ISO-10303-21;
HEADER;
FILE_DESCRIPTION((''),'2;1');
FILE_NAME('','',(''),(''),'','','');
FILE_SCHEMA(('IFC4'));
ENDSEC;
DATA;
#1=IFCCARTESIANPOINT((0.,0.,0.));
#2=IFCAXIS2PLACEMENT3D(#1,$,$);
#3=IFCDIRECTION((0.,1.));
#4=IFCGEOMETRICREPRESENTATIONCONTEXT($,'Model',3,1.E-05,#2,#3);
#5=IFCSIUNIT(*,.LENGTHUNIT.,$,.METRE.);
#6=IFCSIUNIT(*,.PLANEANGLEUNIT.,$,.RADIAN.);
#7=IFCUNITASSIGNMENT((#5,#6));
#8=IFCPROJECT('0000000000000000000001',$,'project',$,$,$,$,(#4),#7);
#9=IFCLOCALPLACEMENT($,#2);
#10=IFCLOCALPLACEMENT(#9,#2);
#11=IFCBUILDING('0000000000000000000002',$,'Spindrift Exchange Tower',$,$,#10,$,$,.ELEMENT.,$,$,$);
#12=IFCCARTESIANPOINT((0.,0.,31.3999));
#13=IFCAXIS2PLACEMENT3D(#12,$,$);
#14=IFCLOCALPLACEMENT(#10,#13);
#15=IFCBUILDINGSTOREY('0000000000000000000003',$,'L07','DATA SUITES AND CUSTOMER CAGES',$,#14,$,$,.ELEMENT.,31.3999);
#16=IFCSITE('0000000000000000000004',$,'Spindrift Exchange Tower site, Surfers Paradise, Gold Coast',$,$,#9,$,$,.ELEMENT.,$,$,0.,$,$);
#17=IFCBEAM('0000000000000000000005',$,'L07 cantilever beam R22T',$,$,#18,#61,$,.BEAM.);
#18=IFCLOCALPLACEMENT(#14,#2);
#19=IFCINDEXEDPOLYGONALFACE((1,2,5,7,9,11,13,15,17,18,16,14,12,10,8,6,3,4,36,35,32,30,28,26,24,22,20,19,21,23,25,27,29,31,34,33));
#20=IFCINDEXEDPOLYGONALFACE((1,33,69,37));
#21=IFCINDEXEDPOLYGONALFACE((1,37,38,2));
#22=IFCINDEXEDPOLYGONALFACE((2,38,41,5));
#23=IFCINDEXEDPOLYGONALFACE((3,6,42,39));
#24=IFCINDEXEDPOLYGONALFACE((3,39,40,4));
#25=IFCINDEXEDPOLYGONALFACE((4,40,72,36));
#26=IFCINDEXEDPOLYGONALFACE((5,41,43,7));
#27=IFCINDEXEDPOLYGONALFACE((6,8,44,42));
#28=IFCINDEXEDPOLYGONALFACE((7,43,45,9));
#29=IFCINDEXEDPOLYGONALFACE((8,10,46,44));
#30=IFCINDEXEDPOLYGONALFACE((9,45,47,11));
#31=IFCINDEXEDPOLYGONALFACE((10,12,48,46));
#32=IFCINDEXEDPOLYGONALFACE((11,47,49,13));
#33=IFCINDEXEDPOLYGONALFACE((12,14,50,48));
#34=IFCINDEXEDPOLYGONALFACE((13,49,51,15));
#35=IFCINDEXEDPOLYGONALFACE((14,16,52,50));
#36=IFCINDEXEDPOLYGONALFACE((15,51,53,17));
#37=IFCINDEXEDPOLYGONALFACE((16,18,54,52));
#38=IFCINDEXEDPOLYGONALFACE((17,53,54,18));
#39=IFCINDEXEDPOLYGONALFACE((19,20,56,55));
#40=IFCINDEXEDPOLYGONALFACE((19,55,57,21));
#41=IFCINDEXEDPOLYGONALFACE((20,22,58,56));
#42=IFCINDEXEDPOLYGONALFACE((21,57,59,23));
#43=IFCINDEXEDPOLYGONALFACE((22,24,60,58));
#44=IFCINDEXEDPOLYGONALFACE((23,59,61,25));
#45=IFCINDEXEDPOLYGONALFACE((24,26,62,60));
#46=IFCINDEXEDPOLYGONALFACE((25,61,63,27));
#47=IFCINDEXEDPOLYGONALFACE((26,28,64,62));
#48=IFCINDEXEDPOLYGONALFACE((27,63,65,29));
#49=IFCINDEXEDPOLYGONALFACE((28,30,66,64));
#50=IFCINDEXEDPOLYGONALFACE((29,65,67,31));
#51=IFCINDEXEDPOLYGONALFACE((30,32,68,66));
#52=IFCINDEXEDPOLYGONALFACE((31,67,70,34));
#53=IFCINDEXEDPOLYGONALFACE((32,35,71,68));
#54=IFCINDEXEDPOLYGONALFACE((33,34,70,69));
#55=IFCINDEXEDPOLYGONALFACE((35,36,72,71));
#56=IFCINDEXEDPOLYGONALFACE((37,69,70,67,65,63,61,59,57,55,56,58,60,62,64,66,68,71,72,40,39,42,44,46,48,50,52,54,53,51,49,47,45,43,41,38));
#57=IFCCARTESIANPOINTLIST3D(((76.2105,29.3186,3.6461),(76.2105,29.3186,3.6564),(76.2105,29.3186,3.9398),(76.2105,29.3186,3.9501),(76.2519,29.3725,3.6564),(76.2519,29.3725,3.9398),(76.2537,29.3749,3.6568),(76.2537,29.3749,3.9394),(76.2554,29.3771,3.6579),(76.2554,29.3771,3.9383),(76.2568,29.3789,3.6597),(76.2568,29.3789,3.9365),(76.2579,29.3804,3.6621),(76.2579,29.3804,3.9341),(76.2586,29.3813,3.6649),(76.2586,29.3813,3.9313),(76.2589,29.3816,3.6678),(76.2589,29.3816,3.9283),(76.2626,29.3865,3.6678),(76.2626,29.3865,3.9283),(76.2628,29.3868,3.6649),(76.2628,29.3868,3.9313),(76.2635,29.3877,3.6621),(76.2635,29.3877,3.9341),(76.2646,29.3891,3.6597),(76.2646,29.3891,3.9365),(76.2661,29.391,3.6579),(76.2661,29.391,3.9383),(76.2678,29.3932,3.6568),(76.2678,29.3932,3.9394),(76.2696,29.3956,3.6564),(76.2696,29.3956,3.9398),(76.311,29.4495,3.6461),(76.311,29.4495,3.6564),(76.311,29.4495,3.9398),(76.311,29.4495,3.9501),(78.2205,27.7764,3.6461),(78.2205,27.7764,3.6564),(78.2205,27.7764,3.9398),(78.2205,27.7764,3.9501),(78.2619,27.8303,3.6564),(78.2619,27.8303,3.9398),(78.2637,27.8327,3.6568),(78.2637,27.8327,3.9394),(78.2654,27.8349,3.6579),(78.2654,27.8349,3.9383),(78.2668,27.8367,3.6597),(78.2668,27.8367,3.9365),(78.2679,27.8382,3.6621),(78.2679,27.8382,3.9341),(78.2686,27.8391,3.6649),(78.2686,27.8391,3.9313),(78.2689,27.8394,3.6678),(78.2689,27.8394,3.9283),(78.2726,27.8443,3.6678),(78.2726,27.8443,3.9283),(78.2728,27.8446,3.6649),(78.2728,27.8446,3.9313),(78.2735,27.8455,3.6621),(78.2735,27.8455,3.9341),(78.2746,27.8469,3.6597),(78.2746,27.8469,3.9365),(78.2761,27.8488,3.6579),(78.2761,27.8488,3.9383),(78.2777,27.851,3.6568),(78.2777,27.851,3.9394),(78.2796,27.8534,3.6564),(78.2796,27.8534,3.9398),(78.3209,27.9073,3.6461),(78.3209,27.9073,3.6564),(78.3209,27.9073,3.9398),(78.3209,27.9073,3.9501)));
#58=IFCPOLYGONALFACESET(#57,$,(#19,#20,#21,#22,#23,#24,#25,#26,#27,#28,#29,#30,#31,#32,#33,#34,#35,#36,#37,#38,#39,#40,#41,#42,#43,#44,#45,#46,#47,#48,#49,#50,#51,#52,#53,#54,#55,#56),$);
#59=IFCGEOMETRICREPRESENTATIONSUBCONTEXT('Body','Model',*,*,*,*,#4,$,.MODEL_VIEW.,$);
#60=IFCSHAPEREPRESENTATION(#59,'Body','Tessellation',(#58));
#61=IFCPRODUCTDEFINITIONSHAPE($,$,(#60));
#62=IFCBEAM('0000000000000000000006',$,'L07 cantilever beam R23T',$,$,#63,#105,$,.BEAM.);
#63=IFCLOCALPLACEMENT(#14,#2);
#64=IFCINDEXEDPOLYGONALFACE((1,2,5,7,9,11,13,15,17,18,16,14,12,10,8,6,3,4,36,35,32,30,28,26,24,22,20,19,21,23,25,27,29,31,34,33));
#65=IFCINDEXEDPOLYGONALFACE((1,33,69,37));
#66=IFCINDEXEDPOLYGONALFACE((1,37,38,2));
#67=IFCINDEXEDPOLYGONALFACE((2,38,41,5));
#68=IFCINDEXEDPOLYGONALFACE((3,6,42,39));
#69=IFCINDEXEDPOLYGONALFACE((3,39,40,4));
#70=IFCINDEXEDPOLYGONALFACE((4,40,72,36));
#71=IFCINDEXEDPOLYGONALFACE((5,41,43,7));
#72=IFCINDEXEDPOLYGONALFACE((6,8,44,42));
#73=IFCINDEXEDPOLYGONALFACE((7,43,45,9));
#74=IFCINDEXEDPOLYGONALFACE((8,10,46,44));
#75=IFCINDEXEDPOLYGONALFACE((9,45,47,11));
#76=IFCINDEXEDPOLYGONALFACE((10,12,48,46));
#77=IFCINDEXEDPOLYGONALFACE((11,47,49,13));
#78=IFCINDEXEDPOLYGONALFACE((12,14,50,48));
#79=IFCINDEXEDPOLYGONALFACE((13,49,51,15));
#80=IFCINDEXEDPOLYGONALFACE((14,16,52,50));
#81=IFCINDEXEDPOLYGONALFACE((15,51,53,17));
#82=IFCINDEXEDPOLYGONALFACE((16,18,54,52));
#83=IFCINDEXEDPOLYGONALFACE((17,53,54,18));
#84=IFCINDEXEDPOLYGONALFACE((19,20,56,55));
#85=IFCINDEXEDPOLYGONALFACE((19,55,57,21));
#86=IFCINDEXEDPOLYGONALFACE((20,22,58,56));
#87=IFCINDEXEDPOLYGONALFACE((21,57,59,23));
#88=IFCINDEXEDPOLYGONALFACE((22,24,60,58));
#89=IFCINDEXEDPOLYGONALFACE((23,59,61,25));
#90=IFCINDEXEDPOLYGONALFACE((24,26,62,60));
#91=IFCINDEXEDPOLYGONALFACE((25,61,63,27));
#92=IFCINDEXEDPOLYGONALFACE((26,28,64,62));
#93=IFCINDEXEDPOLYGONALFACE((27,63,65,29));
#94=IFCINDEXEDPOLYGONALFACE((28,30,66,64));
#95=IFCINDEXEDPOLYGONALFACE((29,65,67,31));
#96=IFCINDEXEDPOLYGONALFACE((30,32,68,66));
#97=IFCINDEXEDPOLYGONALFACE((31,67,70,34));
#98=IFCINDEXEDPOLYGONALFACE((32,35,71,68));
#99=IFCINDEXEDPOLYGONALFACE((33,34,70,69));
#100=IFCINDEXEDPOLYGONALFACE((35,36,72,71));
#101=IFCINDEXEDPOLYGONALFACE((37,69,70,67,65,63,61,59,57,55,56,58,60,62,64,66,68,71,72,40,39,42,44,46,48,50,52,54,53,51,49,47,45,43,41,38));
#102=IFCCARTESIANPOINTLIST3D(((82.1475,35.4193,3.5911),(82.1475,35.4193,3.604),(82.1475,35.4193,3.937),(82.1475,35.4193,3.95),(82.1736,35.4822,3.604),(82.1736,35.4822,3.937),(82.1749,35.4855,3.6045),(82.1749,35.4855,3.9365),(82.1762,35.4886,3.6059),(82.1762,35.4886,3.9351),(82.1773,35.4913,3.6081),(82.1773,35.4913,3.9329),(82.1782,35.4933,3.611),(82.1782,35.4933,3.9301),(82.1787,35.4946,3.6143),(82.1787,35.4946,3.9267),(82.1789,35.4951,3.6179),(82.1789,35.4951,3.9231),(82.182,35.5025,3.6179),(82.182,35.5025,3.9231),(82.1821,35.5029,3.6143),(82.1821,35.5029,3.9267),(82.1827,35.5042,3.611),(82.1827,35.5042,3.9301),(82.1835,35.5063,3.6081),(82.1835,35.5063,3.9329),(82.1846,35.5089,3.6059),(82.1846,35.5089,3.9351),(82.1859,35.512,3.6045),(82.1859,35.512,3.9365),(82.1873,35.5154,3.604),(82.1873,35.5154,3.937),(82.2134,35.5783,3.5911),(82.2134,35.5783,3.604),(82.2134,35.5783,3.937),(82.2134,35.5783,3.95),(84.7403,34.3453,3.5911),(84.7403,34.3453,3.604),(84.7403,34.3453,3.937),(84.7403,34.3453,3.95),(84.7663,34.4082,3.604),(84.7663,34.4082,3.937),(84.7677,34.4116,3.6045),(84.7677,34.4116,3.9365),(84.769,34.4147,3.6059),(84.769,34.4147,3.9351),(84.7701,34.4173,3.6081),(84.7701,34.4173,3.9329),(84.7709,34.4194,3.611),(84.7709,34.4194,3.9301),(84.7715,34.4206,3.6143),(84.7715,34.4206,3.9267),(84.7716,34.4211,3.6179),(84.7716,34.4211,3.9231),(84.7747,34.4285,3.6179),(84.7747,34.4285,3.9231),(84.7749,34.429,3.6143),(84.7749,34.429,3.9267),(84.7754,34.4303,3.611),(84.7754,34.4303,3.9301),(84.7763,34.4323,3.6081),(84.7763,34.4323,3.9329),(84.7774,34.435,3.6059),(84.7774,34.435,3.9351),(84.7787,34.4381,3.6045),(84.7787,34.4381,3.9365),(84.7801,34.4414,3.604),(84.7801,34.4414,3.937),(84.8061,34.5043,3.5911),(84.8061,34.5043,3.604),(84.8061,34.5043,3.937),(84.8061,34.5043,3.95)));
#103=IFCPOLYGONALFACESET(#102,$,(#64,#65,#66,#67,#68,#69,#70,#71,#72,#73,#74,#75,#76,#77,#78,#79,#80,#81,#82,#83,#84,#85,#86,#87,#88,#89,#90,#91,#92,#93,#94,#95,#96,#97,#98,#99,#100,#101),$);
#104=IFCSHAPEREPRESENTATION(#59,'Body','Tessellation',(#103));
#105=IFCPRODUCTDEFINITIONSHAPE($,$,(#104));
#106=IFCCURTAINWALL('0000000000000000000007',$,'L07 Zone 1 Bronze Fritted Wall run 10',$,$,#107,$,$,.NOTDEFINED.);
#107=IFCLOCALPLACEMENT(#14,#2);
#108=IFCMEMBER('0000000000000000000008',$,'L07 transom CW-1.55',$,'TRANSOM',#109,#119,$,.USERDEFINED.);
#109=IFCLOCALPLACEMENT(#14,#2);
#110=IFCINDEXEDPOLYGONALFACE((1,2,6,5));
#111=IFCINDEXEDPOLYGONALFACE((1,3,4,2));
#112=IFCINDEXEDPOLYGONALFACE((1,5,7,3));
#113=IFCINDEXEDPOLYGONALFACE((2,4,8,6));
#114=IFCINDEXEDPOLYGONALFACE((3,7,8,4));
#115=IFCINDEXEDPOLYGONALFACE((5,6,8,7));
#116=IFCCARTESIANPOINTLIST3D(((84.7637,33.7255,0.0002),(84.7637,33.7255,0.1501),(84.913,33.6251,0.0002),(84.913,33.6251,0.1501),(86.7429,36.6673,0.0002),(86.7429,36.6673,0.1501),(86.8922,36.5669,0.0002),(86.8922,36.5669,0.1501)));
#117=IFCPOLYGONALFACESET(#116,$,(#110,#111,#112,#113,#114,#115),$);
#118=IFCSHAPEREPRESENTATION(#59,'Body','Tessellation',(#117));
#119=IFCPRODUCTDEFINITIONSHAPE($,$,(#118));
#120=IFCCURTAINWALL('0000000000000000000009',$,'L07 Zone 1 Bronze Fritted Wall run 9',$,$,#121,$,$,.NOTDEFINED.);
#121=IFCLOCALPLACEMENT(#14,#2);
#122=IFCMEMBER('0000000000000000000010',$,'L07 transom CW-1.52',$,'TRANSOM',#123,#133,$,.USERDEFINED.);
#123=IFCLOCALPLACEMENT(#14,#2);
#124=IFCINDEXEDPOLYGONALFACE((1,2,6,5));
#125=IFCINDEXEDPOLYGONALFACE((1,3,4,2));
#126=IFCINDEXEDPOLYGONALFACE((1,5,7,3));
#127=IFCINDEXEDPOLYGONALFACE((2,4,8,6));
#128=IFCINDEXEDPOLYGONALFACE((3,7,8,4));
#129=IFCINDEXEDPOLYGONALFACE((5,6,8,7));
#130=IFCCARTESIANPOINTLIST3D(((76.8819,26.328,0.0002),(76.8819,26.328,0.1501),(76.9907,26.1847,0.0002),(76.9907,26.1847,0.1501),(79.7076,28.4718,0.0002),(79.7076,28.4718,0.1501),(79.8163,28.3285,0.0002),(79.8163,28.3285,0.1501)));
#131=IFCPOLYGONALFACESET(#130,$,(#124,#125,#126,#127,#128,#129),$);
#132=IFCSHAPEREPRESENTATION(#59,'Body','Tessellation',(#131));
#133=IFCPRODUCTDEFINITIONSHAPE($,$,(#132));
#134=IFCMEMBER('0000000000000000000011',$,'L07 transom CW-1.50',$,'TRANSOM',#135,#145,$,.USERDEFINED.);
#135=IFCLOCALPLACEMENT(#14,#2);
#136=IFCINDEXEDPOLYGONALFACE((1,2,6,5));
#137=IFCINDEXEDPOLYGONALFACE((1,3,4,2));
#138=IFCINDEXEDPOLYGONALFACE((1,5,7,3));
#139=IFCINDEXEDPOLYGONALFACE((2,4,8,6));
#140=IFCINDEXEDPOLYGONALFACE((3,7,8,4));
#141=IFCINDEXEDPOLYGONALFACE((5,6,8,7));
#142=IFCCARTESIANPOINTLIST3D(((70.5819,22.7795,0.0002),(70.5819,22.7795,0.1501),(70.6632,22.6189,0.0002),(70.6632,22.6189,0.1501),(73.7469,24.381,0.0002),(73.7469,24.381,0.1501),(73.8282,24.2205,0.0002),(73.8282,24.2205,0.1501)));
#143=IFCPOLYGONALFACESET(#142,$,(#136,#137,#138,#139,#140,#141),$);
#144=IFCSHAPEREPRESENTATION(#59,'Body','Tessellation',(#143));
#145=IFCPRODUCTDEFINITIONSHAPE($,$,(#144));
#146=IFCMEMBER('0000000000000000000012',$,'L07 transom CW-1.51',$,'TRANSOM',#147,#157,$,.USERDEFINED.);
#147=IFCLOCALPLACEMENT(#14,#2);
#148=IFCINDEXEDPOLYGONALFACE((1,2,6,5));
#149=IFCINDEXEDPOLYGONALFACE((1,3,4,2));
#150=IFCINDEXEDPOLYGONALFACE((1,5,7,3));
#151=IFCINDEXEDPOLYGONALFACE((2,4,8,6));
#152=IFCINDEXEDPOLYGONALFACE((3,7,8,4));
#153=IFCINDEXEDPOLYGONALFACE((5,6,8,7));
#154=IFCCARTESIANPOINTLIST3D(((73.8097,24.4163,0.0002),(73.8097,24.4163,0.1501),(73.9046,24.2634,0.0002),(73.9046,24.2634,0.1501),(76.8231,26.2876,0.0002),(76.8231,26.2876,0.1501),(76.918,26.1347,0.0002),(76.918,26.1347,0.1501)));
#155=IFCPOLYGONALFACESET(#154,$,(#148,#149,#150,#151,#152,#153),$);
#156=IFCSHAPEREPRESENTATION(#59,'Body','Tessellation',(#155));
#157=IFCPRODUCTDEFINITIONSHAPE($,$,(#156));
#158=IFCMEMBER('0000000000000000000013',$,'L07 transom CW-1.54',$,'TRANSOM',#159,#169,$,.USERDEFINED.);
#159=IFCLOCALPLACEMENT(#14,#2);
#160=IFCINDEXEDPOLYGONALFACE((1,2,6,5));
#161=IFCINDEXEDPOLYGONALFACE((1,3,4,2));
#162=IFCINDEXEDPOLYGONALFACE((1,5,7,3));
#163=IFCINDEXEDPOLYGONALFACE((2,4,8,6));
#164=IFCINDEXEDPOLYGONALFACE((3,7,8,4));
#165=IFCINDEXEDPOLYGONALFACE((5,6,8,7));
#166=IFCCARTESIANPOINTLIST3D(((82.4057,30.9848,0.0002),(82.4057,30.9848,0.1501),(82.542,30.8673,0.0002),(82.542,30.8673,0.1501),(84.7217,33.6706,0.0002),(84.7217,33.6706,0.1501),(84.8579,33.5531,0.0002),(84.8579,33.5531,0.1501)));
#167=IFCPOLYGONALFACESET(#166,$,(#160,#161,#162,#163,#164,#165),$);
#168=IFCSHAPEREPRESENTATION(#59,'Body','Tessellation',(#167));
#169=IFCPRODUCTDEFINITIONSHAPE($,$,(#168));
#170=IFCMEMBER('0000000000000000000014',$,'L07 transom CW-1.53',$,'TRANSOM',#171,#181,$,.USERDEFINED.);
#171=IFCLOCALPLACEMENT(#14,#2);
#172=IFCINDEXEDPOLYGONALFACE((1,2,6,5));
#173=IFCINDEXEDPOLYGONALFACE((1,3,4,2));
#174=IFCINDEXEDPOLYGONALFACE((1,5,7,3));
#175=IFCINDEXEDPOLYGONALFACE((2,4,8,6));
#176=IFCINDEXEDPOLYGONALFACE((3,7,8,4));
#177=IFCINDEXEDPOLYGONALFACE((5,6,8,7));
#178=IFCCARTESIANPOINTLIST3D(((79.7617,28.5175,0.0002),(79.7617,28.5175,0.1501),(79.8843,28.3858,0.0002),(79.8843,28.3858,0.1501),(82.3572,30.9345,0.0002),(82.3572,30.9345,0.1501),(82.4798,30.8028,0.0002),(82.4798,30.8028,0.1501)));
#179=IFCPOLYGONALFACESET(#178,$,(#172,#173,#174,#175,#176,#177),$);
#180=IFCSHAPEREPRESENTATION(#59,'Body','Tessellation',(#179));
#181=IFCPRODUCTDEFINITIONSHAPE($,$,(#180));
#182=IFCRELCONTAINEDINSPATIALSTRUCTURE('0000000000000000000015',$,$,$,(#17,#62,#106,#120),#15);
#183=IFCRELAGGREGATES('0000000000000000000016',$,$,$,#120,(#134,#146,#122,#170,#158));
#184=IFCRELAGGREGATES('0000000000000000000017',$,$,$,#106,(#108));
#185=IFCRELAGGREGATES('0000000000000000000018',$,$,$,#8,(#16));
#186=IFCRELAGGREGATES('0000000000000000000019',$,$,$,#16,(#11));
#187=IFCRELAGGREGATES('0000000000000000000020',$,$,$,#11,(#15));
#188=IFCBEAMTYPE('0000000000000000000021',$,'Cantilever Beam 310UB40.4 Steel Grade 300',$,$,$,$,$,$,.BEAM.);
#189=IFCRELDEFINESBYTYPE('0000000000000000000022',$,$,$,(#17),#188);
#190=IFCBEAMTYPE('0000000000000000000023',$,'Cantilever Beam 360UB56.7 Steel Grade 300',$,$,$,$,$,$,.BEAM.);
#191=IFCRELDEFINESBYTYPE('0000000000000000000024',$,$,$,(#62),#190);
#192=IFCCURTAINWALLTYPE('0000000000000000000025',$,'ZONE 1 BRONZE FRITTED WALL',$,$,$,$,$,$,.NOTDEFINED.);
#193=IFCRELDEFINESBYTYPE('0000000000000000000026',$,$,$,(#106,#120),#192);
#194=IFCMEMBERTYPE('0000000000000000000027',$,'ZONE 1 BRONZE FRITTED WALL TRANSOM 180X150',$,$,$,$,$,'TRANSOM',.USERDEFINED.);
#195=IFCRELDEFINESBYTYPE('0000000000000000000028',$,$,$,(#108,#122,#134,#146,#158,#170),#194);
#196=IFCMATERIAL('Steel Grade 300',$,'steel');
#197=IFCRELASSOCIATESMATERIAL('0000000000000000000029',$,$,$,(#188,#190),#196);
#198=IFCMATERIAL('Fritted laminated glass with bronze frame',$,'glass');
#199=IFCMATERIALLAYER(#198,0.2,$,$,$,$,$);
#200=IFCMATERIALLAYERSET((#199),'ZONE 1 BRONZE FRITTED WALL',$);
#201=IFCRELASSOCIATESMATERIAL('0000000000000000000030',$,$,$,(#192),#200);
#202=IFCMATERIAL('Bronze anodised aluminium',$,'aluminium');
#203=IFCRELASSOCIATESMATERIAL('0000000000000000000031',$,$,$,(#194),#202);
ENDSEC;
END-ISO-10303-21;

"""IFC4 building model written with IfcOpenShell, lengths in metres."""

from ifc_helpers import new_model, si_unit, direction, frame, origin, origin_2d, place, context, subcontext, project, spatial, rectangle, i_section, extrude, source, transform, mapped, material, layer, layer_set, material_profile, profile_set, type_object, element, aggregate, save


model = new_model("IFC4")

# Units and contexts
model_context = context("Model", 3, precision=1e-05, world=origin(), true_north=direction((0.0, 1.0)))
body_context = subcontext(model_context, "Body", "Model", "MODEL_VIEW")
ifc_project = project(units=[si_unit("LENGTHUNIT", "METRE"), si_unit("PLANEANGLEUNIT", "RADIAN")], contexts=[model_context])

# Site, building, storey
site_placement = place(None, origin())
site = spatial("IfcSite", under=ifc_project, at=site_placement, Name="Spindrift Exchange Tower site, Surfers Paradise, Gold Coast", CompositionType="ELEMENT", RefElevation=0.0)
building_placement = place(site_placement, origin())
building = spatial("IfcBuilding", under=site, at=building_placement, Name="Spindrift Exchange Tower", CompositionType="ELEMENT")
storey_placement = place(building_placement, frame((0.0, 0.0, 31.3999)))
storey = spatial("IfcBuildingStorey", under=building, at=storey_placement, Name="L07", Description="DATA SUITES AND CUSTOMER CAGES", CompositionType="ELEMENT", Elevation=31.3999)

# Beams
ifc_material_1 = material(Name="Steel Grade 300", Category="steel")
ifc_material_profile_1 = material_profile(ifc_material_1, i_section(OverallWidth=0.165, OverallDepth=0.304, WebThickness=0.0061, FlangeThickness=0.0103, FilletRadius=0.0115, at=origin_2d()), Name="310UB40.4")
ifc_profile_set_1 = profile_set([ifc_material_profile_1], Name="Steel Grade 300")
beam_type_1 = type_object("IfcBeamType", Name="Cantilever Beam 310UB40.4 Steel Grade 300", PredefinedType="BEAM", material=ifc_profile_set_1)
shared_shape_1 = source(origin(), body_context, "Body", "SweptSolid", [
    extrude(i_section(OverallWidth=0.165, OverallDepth=0.304, WebThickness=0.0061, FlangeThickness=0.0103, FilletRadius=0.0115, at=origin_2d()), origin(), (0.0, 0.0, 1.0), 2.5334),
])
beam_1_placement = place(storey_placement, frame((76.2607, 29.384, 3.7981), z_axis=(0.793372, -0.608737, 0.0), x_axis=(0.608737, 0.793372, 0.0)))
element("IfcBeam", 1, at=beam_1_placement, inside=storey, type_object=beam_type_1, Name="L07 cantilever beam R22T", PredefinedType="BEAM", context=body_context, shape_type="MappedRepresentation", body=[
    mapped(shared_shape_1, transform((0.0, 0.0, 0.0), scale=1.0)),
])
ifc_material_profile_2 = material_profile(ifc_material_1, i_section(OverallWidth=0.1721, OverallDepth=0.3589, WebThickness=0.0081, FlangeThickness=0.0129, FilletRadius=0.0139, at=origin_2d()), Name="360UB56.7")
ifc_profile_set_2 = profile_set([ifc_material_profile_2], Name="Steel Grade 300")
beam_type_2 = type_object("IfcBeamType", Name="Cantilever Beam 360UB56.7 Steel Grade 300", PredefinedType="BEAM", material=ifc_profile_set_2)
shared_shape_2 = source(origin(), body_context, "Body", "SweptSolid", [
    extrude(i_section(OverallWidth=0.1721, OverallDepth=0.3589, WebThickness=0.0081, FlangeThickness=0.0129, FilletRadius=0.0139, at=origin_2d()), origin(), (0.0, 0.0, 1.0), 2.8064),
])
beam_2_placement = place(storey_placement, frame((82.1804, 35.4988, 3.7705), z_axis=(0.923878, -0.382687, 0.0), x_axis=(0.382687, 0.923878, 0.0)))
element("IfcBeam", 2, at=beam_2_placement, inside=storey, type_object=beam_type_2, Name="L07 cantilever beam R23T", PredefinedType="BEAM", context=body_context, shape_type="MappedRepresentation", body=[
    mapped(shared_shape_2, transform((0.0, 0.0, 0.0), scale=1.0)),
])

# Curtain wall, member
ifc_material_2 = material(Name="Fritted laminated glass with bronze frame", Category="glass")
ifc_layer_1 = layer(ifc_material_2, 0.2)
ifc_layer_set_1 = layer_set([ifc_layer_1], Name="ZONE 1 BRONZE FRITTED WALL")
curtain_wall_type = type_object("IfcCurtainWallType", Name="ZONE 1 BRONZE FRITTED WALL", PredefinedType="NOTDEFINED", material=ifc_layer_set_1)
curtain_wall_1_placement = place(storey_placement, origin())
curtain_wall_1 = element("IfcCurtainWall", 3, at=curtain_wall_1_placement, inside=storey, type_object=curtain_wall_type, Name="L07 Zone 1 Bronze Fritted Wall run 10", PredefinedType="NOTDEFINED")
ifc_material_3 = material(Name="Bronze anodised aluminium", Category="aluminium")
ifc_material_profile_3 = material_profile(ifc_material_3, rectangle(XDim=0.1799, YDim=0.1499, at=origin_2d()), Name="ZONE 1 BRONZE FRITTED WALL TRANSOM 180X150")
ifc_profile_set_3 = profile_set([ifc_material_profile_3], Name="Bronze anodised aluminium")
member_type_1 = type_object("IfcMemberType", Name="ZONE 1 BRONZE FRITTED WALL TRANSOM 180X150", ElementType="TRANSOM", PredefinedType="USERDEFINED", material=ifc_profile_set_3)
shared_shape_3 = source(origin(), body_context, "Body", "SweptSolid", [
    extrude(rectangle(XDim=0.1799, YDim=0.1499, at=origin_2d()), origin(), (0.0, 0.0, 1.0), 3.5457),
])
member_1_placement = place(storey_placement, frame((84.8384, 33.6753, 0.0752), z_axis=(0.558207, 0.829702, 0.0), x_axis=(-0.829702, 0.558207, 0.0)))
member_1 = element("IfcMember", 4, at=member_1_placement, type_object=member_type_1, Name="L07 transom CW-1.55", ObjectType="TRANSOM", PredefinedType="USERDEFINED", context=body_context, shape_type="MappedRepresentation", body=[
    mapped(shared_shape_3, transform((0.0, 0.0, 0.0), scale=1.0)),
])

# Curtain wall, members
curtain_wall_2_placement = place(storey_placement, origin())
curtain_wall_2 = element("IfcCurtainWall", 5, at=curtain_wall_2_placement, inside=storey, type_object=curtain_wall_type, Name="L07 Zone 1 Bronze Fritted Wall run 9", PredefinedType="NOTDEFINED")
shared_shape_4 = source(origin(), body_context, "Body", "SweptSolid", [
    extrude(rectangle(XDim=0.1799, YDim=0.1499, at=origin_2d()), origin(), (0.0, 0.0, 1.0), 3.5469),
])
member_2_placement = place(storey_placement, frame((76.9363, 26.2563, 0.0752), z_axis=(0.796667, 0.604418, 0.0), x_axis=(-0.604418, 0.796667, 0.0)))
member_2 = element("IfcMember", 6, at=member_2_placement, type_object=member_type_1, Name="L07 transom CW-1.52", ObjectType="TRANSOM", PredefinedType="USERDEFINED", context=body_context, shape_type="MappedRepresentation", body=[
    mapped(shared_shape_4, transform((0.0, 0.0, 0.0), scale=1.0)),
])
shared_shape_5 = source(origin(), body_context, "Body", "SweptSolid", [
    extrude(rectangle(XDim=0.1799, YDim=0.1499, at=origin_2d()), origin(), (0.0, 0.0, 1.0), 3.5471),
])
member_3_placement = place(storey_placement, frame((70.6226, 22.6992, 0.0752), z_axis=(0.892269, 0.451503, 0.0), x_axis=(-0.451503, 0.892269, 0.0)))
member_3 = element("IfcMember", 7, at=member_3_placement, type_object=member_type_1, Name="L07 transom CW-1.50", ObjectType="TRANSOM", PredefinedType="USERDEFINED", context=body_context, shape_type="MappedRepresentation", body=[
    mapped(shared_shape_5, transform((0.0, 0.0, 0.0), scale=1.0)),
])
member_4_placement = place(storey_placement, frame((73.8572, 24.3398, 0.0752), z_axis=(0.849522, 0.527553, 0.0), x_axis=(-0.527553, 0.849522, 0.0)))
member_4 = element("IfcMember", 8, at=member_4_placement, type_object=member_type_1, Name="L07 transom CW-1.51", ObjectType="TRANSOM", PredefinedType="USERDEFINED", context=body_context, shape_type="MappedRepresentation", body=[
    mapped(shared_shape_5, transform((0.0, 0.0, 0.0), scale=1.0)),
])
shared_shape_6 = source(origin(), body_context, "Body", "SweptSolid", [
    extrude(rectangle(XDim=0.1799, YDim=0.1499, at=origin_2d()), origin(), (0.0, 0.0, 1.0), 3.5464),
])
member_5_placement = place(storey_placement, frame((82.4739, 30.926, 0.0752), z_axis=(0.653034, 0.757329, 0.0), x_axis=(-0.757329, 0.653034, 0.0)))
member_5 = element("IfcMember", 9, at=member_5_placement, type_object=member_type_1, Name="L07 transom CW-1.54", ObjectType="TRANSOM", PredefinedType="USERDEFINED", context=body_context, shape_type="MappedRepresentation", body=[
    mapped(shared_shape_6, transform((0.0, 0.0, 0.0), scale=1.0)),
])
shared_shape_7 = source(origin(), body_context, "Body", "SweptSolid", [
    extrude(rectangle(XDim=0.1799, YDim=0.1499, at=origin_2d()), origin(), (0.0, 0.0, 1.0), 3.5466),
])
member_6_placement = place(storey_placement, frame((79.823, 28.4517, 0.0752), z_axis=(0.731819, 0.681499, 0.0), x_axis=(-0.681499, 0.731819, 0.0)))
member_6 = element("IfcMember", 10, at=member_6_placement, type_object=member_type_1, Name="L07 transom CW-1.53", ObjectType="TRANSOM", PredefinedType="USERDEFINED", context=body_context, shape_type="MappedRepresentation", body=[
    mapped(shared_shape_7, transform((0.0, 0.0, 0.0), scale=1.0)),
])

aggregate(curtain_wall_2, [member_3, member_4, member_2, member_6, member_5])
aggregate(curtain_wall_1, [member_1])

save(model, "model.ifc")
